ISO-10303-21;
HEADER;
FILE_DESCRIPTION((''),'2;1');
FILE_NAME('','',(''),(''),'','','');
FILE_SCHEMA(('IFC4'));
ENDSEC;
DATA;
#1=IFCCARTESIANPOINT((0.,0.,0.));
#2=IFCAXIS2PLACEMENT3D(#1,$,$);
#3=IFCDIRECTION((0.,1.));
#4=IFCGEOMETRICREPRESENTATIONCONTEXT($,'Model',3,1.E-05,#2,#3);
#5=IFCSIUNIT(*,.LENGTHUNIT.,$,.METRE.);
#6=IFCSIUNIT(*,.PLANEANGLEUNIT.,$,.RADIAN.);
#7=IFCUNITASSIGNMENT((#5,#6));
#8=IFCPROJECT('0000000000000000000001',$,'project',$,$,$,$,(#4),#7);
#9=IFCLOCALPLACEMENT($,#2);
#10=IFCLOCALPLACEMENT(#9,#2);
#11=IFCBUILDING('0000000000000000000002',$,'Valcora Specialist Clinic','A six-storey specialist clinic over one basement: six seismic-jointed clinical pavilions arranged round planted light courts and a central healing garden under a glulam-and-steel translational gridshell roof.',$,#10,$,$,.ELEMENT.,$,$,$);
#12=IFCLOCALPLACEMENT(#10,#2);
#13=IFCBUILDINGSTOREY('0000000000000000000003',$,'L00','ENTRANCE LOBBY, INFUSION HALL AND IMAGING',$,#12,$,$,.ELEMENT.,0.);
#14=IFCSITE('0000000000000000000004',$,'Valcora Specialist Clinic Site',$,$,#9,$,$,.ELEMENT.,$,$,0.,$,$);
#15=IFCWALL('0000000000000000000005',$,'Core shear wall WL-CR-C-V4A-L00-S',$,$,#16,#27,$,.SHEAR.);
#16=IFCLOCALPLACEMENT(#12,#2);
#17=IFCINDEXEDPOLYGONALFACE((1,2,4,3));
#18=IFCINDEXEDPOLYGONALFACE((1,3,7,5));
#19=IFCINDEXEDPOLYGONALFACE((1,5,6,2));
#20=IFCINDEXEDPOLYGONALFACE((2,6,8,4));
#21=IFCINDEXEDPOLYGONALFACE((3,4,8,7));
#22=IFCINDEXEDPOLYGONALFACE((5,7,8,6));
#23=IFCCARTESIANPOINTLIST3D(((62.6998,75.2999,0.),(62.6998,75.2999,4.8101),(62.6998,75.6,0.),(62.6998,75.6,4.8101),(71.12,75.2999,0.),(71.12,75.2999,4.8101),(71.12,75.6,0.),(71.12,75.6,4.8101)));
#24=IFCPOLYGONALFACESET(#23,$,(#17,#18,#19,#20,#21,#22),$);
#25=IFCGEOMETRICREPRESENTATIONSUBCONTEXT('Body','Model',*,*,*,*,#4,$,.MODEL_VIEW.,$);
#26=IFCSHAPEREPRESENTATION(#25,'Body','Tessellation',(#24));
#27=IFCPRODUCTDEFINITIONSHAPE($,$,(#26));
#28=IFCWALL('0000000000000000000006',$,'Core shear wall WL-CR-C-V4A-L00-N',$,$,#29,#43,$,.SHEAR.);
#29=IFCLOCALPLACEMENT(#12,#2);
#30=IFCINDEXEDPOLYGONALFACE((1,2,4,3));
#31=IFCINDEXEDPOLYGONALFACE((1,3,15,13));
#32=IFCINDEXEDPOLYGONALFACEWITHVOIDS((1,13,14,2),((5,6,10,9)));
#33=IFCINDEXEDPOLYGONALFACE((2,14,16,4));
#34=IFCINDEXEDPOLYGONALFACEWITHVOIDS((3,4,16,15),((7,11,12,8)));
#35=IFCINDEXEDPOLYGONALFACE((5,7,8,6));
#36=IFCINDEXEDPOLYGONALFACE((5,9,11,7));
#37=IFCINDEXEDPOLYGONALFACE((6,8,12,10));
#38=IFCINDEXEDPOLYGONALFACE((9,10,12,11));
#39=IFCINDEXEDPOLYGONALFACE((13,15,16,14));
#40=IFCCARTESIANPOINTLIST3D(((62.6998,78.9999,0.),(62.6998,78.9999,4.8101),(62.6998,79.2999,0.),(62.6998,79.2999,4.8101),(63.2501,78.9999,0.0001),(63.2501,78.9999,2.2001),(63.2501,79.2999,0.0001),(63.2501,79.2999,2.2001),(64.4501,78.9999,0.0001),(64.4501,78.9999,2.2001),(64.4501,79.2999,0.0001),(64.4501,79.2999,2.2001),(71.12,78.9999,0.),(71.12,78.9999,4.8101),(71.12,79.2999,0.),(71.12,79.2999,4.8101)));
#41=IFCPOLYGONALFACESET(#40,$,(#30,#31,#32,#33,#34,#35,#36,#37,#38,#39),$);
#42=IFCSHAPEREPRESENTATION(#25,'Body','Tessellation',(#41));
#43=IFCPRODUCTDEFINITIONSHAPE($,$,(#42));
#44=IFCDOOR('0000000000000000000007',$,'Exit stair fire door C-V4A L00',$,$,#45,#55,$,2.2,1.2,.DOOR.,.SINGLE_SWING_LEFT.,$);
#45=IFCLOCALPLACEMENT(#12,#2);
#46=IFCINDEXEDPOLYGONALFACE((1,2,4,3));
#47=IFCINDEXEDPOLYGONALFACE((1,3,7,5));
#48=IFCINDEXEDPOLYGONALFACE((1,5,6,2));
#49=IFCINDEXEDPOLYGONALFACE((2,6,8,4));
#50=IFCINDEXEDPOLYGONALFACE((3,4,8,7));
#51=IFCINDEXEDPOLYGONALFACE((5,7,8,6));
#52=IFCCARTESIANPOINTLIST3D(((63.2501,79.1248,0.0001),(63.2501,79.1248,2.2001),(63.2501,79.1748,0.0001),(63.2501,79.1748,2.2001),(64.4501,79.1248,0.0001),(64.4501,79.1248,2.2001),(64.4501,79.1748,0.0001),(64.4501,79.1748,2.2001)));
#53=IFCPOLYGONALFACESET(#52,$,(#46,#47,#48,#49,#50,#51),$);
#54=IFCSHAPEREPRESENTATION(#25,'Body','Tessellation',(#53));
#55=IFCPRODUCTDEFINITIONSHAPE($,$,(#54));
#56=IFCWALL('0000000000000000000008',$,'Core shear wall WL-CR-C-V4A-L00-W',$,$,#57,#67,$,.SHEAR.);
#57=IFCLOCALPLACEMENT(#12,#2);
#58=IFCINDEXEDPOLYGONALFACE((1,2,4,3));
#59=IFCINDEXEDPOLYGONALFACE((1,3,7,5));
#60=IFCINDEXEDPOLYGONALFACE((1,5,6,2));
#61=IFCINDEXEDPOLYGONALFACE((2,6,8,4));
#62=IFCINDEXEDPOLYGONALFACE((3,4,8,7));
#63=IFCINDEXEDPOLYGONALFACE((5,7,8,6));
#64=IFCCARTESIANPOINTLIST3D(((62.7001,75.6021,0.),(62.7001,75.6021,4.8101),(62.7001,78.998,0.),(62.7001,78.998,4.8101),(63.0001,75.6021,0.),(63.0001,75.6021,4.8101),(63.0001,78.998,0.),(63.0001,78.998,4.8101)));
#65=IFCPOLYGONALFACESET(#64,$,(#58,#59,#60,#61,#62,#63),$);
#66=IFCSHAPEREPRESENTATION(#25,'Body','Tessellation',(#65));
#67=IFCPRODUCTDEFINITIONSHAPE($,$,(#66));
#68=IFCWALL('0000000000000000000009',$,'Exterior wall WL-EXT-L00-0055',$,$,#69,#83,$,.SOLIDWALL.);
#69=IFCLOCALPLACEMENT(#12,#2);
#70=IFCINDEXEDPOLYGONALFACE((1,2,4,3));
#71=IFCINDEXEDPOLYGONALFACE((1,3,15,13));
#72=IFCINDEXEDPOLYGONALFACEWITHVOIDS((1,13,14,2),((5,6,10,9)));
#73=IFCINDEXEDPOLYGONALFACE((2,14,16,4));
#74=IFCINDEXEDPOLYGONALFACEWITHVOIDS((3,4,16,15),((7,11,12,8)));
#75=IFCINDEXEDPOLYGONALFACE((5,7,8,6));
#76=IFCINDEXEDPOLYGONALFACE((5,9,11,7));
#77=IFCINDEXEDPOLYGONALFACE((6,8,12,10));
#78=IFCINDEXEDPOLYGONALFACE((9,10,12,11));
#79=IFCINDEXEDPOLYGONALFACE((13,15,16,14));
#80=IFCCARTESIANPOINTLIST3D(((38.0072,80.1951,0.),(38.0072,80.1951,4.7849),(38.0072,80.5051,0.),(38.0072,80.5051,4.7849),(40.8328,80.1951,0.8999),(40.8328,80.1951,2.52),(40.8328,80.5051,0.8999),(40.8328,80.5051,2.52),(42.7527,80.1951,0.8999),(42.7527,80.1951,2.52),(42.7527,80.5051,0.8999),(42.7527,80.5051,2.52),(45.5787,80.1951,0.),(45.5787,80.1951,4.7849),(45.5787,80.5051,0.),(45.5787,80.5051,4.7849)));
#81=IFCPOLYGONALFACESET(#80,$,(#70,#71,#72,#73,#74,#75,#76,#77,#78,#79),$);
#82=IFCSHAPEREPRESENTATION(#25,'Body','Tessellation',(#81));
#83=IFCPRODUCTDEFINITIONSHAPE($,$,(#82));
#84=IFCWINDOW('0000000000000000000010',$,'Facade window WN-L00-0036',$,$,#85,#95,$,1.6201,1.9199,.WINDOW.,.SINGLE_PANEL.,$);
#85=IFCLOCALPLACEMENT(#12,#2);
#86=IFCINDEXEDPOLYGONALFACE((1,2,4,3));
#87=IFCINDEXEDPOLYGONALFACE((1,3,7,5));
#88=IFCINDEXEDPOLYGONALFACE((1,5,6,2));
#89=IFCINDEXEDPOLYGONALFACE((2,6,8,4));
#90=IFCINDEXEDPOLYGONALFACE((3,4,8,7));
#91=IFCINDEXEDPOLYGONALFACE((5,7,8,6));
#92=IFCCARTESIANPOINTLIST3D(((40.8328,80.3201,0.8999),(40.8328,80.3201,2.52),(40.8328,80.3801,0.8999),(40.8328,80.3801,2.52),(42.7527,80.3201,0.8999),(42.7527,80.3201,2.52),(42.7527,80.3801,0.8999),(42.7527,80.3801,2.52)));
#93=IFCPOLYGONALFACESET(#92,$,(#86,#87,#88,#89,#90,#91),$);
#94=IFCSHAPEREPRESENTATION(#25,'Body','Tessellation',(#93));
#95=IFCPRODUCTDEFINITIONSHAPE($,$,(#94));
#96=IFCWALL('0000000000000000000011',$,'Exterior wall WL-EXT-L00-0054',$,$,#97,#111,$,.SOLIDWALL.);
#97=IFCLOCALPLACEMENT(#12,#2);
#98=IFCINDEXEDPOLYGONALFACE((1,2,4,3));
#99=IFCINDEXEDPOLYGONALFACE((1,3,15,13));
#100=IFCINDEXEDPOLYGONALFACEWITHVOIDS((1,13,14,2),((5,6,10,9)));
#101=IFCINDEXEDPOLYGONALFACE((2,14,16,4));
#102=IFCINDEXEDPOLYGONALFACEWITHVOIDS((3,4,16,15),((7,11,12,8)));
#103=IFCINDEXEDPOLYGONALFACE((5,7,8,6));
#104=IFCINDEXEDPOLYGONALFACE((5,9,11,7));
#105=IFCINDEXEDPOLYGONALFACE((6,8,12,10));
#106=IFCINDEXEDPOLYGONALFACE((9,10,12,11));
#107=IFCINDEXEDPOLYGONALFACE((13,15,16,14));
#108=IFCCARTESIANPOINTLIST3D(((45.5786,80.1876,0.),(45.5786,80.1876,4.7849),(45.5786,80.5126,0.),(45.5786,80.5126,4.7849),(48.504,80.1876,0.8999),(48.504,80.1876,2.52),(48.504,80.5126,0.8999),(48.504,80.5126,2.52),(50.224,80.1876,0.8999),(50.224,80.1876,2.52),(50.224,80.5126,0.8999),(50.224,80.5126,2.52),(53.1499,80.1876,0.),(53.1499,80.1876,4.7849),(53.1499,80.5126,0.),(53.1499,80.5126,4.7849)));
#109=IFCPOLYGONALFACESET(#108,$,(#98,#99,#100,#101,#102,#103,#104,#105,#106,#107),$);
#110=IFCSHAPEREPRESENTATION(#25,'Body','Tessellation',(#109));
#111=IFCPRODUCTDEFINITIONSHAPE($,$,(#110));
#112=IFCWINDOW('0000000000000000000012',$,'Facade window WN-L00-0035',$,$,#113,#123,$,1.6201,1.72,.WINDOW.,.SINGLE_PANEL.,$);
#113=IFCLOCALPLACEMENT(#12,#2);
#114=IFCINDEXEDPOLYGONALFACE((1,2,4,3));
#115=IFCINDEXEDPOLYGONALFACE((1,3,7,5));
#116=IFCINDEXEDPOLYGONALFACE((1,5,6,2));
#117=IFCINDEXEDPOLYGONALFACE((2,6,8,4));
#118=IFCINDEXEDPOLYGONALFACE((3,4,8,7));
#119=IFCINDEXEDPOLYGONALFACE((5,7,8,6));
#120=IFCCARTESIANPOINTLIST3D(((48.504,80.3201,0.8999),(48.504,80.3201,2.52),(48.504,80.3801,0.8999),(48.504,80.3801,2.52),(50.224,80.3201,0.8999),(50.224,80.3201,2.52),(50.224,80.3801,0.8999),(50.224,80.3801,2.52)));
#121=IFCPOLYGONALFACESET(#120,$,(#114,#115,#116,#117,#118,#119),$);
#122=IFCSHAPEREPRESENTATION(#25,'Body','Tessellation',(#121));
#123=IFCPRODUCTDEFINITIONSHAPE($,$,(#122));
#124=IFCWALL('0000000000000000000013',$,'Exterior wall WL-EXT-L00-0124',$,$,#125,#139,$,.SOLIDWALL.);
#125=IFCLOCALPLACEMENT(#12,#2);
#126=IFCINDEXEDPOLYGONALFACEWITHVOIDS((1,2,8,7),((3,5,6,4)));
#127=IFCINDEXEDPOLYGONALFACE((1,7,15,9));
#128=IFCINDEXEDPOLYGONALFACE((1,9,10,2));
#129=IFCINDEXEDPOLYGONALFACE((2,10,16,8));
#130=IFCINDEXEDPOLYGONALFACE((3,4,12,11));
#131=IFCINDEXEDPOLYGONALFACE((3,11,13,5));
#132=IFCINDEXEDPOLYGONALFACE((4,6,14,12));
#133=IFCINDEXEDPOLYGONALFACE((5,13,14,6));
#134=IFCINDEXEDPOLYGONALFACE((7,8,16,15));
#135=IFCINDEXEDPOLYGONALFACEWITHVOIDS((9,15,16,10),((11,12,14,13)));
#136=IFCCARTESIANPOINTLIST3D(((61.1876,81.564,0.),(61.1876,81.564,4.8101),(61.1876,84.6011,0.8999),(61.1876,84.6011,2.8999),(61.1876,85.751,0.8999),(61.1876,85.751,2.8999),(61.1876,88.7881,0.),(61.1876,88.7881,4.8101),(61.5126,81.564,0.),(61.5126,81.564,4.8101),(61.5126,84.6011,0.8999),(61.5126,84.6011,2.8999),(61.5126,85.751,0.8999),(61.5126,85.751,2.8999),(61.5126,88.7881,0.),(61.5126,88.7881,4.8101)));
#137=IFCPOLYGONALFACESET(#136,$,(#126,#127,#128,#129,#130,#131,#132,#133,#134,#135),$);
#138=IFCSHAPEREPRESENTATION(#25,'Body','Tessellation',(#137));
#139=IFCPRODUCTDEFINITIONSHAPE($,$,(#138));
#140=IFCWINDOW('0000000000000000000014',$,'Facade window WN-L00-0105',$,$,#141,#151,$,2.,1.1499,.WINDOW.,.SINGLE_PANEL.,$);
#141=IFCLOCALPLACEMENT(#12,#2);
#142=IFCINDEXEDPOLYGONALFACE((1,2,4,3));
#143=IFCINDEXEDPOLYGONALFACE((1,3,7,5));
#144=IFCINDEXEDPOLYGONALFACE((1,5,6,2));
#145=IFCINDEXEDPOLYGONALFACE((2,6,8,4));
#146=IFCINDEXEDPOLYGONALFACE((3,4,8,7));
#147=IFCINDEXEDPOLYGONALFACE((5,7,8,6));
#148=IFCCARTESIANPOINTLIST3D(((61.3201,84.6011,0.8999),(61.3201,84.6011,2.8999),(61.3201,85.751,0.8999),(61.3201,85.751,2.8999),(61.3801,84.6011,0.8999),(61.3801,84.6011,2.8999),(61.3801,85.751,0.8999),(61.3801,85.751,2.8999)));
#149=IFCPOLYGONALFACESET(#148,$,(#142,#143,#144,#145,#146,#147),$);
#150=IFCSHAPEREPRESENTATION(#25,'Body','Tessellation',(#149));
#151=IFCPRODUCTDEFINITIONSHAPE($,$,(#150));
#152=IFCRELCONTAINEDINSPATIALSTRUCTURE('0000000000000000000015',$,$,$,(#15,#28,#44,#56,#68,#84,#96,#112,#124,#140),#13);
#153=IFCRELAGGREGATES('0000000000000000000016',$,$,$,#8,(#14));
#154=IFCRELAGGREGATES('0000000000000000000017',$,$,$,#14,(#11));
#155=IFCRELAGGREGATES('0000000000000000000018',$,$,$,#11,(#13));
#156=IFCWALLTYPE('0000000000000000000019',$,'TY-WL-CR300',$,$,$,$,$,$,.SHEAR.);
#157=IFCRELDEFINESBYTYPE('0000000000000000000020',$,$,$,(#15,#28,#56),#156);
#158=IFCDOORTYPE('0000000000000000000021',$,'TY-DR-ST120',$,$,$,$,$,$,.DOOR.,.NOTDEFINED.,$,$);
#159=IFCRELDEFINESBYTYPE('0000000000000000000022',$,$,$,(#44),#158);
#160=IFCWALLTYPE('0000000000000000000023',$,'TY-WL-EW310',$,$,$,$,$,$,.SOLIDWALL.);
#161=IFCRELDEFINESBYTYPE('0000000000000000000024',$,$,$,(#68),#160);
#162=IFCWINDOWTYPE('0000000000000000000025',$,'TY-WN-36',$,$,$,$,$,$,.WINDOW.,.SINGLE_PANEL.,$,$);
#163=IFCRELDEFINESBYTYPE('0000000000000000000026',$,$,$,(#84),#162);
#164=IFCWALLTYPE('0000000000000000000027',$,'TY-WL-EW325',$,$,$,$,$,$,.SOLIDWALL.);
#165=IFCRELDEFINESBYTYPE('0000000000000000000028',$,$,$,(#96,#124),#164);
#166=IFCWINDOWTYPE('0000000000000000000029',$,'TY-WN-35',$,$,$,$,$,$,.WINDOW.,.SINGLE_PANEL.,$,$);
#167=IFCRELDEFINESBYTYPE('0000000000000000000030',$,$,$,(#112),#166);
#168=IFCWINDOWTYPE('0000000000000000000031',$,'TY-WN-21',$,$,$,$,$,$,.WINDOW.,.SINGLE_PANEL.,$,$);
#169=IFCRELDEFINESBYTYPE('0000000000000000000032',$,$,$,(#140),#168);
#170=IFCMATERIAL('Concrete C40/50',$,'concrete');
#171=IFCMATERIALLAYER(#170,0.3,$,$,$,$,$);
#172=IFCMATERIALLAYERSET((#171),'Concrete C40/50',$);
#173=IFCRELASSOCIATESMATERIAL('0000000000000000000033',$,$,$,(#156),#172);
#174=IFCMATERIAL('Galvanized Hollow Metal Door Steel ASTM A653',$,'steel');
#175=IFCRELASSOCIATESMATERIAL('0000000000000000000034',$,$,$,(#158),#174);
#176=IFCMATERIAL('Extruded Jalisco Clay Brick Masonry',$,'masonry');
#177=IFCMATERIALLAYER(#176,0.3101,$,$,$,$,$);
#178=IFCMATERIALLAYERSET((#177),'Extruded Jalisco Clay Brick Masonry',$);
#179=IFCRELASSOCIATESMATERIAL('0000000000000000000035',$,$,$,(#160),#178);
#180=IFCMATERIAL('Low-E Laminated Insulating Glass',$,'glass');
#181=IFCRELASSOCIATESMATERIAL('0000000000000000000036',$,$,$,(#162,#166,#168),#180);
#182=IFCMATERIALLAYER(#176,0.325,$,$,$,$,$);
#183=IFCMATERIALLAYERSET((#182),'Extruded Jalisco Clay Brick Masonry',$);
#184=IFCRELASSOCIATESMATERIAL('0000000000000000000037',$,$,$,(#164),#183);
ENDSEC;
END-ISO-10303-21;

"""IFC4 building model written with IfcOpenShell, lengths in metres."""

from ifc_helpers import new_model, si_unit, direction, frame, frame_2d, origin, place, context, subcontext, project, spatial, rectangle, extrude, material, layer, layer_set, type_object, element, fill, save


model = new_model("IFC4")

# Units and contexts
model_context = context("Model", 3, precision=1e-05, world=origin(), true_north=direction((0.0, 1.0)))
body_context = subcontext(model_context, "Body", "Model", "MODEL_VIEW")
ifc_project = project(units=[si_unit("LENGTHUNIT", "METRE"), si_unit("PLANEANGLEUNIT", "RADIAN")], contexts=[model_context])

# Site, building, storey
site_placement = place(None, origin())
site = spatial("IfcSite", under=ifc_project, at=site_placement, Name="Valcora Specialist Clinic Site", CompositionType="ELEMENT", RefElevation=0.0)
building_placement = place(site_placement, origin())
building = spatial("IfcBuilding", under=site, at=building_placement, Name="Valcora Specialist Clinic", Description="A six-storey specialist clinic over one basement: six seismic-jointed clinical pavilions arranged round planted light courts and a central healing garden under a glulam-and-steel translational gridshell roof.", CompositionType="ELEMENT")
storey_placement = place(building_placement, origin())
storey = spatial("IfcBuildingStorey", under=building, at=storey_placement, Name="L00", Description="ENTRANCE LOBBY, INFUSION HALL AND IMAGING", CompositionType="ELEMENT", Elevation=0.0)

# Shared definitions
ifc_material_1 = material(Name="Concrete C40/50", Category="concrete")

# Wall
ifc_layer_1 = layer(ifc_material_1, 0.3)
ifc_layer_set_1 = layer_set([ifc_layer_1], Name="Concrete C40/50")
wall_type_1 = type_object("IfcWallType", Name="TY-WL-CR300", PredefinedType="SHEAR", material=ifc_layer_set_1)
wall_1_placement = place(storey_placement, frame((62.7, 75.45, 0.0), z_axis=(0.0, 0.0, 1.0), x_axis=(1.0, 0.0, 0.0)))
element("IfcWall", 1, at=wall_1_placement, inside=storey, type_object=wall_type_1, Name="Core shear wall WL-CR-C-V4A-L00-S", PredefinedType="SHEAR", context=body_context, shape_type="SweptSolid", body=[
    extrude(rectangle(XDim=8.4202, YDim=0.3, at=frame_2d((4.21, 0.0))), origin(), (0.0, 0.0, 1.0), 4.8101),
])

# Wall, opening, door
wall_2_placement = place(storey_placement, frame((62.7, 79.1499, 0.0), z_axis=(0.0, 0.0, 1.0), x_axis=(1.0, 0.0, 0.0)))
wall_2 = element("IfcWall", 2, at=wall_2_placement, inside=storey, type_object=wall_type_1, Name="Core shear wall WL-CR-C-V4A-L00-N", PredefinedType="SHEAR", context=body_context, shape_type="SweptSolid", body=[
    extrude(rectangle(XDim=8.4202, YDim=0.3, at=frame_2d((4.21, 0.0))), origin(), (0.0, 0.0, 1.0), 4.8101),
])
opening_1_placement = place(wall_2_placement, frame((0.55, 0.0, 0.0)))
opening_1 = element("IfcOpeningElement", 3, at=opening_1_placement, cuts=wall_2, PredefinedType="OPENING", context=body_context, shape_type="SweptSolid", body=[
    extrude(rectangle(XDim=1.2, YDim=2.2, at=frame_2d((0.6001, 1.1001))), frame((0.0, 0.1599, 0.0), z_axis=(0.0, -1.0, 0.0), x_axis=(1.0, 0.0, 0.0)), (0.0, 0.0, 1.0), 0.3201),
])
ifc_material_2 = material(Name="Galvanized Hollow Metal Door Steel ASTM A653", Category="steel")
door_type = type_object("IfcDoorType", Name="TY-DR-ST120", OperationType="NOTDEFINED", PredefinedType="DOOR", material=ifc_material_2)
door_placement = place(opening_1_placement, origin())
door = element("IfcDoor", 4, at=door_placement, inside=storey, type_object=door_type, Name="Exit stair fire door C-V4A L00", OperationType="SINGLE_SWING_LEFT", OverallHeight=2.2, OverallWidth=1.2, PredefinedType="DOOR", context=body_context, shape_type="SweptSolid", body=[
    extrude(rectangle(XDim=1.2, YDim=2.2, at=frame_2d((0.6001, 1.1001))), frame((0.0, 0.0249, 0.0), z_axis=(0.0, -1.0, 0.0), x_axis=(1.0, 0.0, 0.0)), (0.0, 0.0, 1.0), 0.05),
])
fill(opening_1, door)

# Wall
wall_3_placement = place(storey_placement, frame((62.8501, 75.6021, 0.0), z_axis=(0.0, 0.0, 1.0), x_axis=(0.0, 1.0, 0.0)))
element("IfcWall", 5, at=wall_3_placement, inside=storey, type_object=wall_type_1, Name="Core shear wall WL-CR-C-V4A-L00-W", PredefinedType="SHEAR", context=body_context, shape_type="SweptSolid", body=[
    extrude(rectangle(XDim=3.396, YDim=0.3, at=frame_2d((1.698, 0.0))), origin(), (0.0, 0.0, 1.0), 4.8101),
])

# Walls, openings, windows
ifc_material_3 = material(Name="Extruded Jalisco Clay Brick Masonry", Category="masonry")
ifc_layer_2 = layer(ifc_material_3, 0.3101)
ifc_layer_set_2 = layer_set([ifc_layer_2], Name="Extruded Jalisco Clay Brick Masonry")
wall_type_2 = type_object("IfcWallType", Name="TY-WL-EW310", PredefinedType="SOLIDWALL", material=ifc_layer_set_2)
wall_4_placement = place(storey_placement, frame((45.5786, 80.3501, 0.0), z_axis=(0.0, 0.0, 1.0), x_axis=(-1.0, 0.0, 0.0)))
wall_4 = element("IfcWall", 6, at=wall_4_placement, inside=storey, type_object=wall_type_2, Name="Exterior wall WL-EXT-L00-0055", PredefinedType="SOLIDWALL", context=body_context, shape_type="SweptSolid", body=[
    extrude(rectangle(XDim=7.5715, YDim=0.3101, at=frame_2d((3.7856, 0.0))), origin(), (0.0, 0.0, 1.0), 4.7849),
])
opening_2_placement = place(wall_4_placement, frame((2.8259, 0.0, 0.8999)))
opening_2 = element("IfcOpeningElement", 7, at=opening_2_placement, cuts=wall_4, PredefinedType="OPENING", context=body_context, shape_type="SweptSolid", body=[
    extrude(rectangle(XDim=1.9199, YDim=1.6201, at=frame_2d((0.96, 0.8101))), frame((0.0, 0.165, 0.0), z_axis=(0.0, -1.0, 0.0), x_axis=(1.0, 0.0, 0.0)), (0.0, 0.0, 1.0), 0.3301),
])
ifc_material_4 = material(Name="Low-E Laminated Insulating Glass", Category="glass")
window_type_1 = type_object("IfcWindowType", Name="TY-WN-36", PartitioningType="SINGLE_PANEL", PredefinedType="WINDOW", material=ifc_material_4)
window_1_placement = place(opening_2_placement, origin())
window_1 = element("IfcWindow", 8, at=window_1_placement, inside=storey, type_object=window_type_1, Name="Facade window WN-L00-0036", OverallHeight=1.6201, OverallWidth=1.9199, PartitioningType="SINGLE_PANEL", PredefinedType="WINDOW", context=body_context, shape_type="SweptSolid", body=[
    extrude(rectangle(XDim=1.9199, YDim=1.6201, at=frame_2d((0.96, 0.8101))), frame((0.0, 0.03, 0.0), z_axis=(0.0, -1.0, 0.0), x_axis=(1.0, 0.0, 0.0)), (0.0, 0.0, 1.0), 0.0601),
])
fill(opening_2, window_1)
ifc_layer_3 = layer(ifc_material_3, 0.325)
ifc_layer_set_3 = layer_set([ifc_layer_3], Name="Extruded Jalisco Clay Brick Masonry")
wall_type_3 = type_object("IfcWallType", Name="TY-WL-EW325", PredefinedType="SOLIDWALL", material=ifc_layer_set_3)
wall_5_placement = place(storey_placement, frame((53.1499, 80.3501, 0.0), z_axis=(0.0, 0.0, 1.0), x_axis=(-1.0, 0.0, 0.0)))
wall_5 = element("IfcWall", 9, at=wall_5_placement, inside=storey, type_object=wall_type_3, Name="Exterior wall WL-EXT-L00-0054", PredefinedType="SOLIDWALL", context=body_context, shape_type="SweptSolid", body=[
    extrude(rectangle(XDim=7.5713, YDim=0.325, at=frame_2d((3.7856, 0.0))), origin(), (0.0, 0.0, 1.0), 4.7849),
])
opening_3_placement = place(wall_5_placement, frame((2.926, 0.0, 0.8999)))
opening_3 = element("IfcOpeningElement", 10, at=opening_3_placement, cuts=wall_5, PredefinedType="OPENING", context=body_context, shape_type="SweptSolid", body=[
    extrude(rectangle(XDim=1.72, YDim=1.6201, at=frame_2d((0.8599, 0.8101))), frame((0.0, 0.1724, 0.0), z_axis=(0.0, -1.0, 0.0), x_axis=(1.0, 0.0, 0.0)), (0.0, 0.0, 1.0), 0.345),
])
window_type_2 = type_object("IfcWindowType", Name="TY-WN-35", PartitioningType="SINGLE_PANEL", PredefinedType="WINDOW", material=ifc_material_4)
window_2_placement = place(opening_3_placement, origin())
window_2 = element("IfcWindow", 11, at=window_2_placement, inside=storey, type_object=window_type_2, Name="Facade window WN-L00-0035", OverallHeight=1.6201, OverallWidth=1.72, PartitioningType="SINGLE_PANEL", PredefinedType="WINDOW", context=body_context, shape_type="SweptSolid", body=[
    extrude(rectangle(XDim=1.72, YDim=1.6201, at=frame_2d((0.8599, 0.8101))), frame((0.0, 0.03, 0.0), z_axis=(0.0, -1.0, 0.0), x_axis=(1.0, 0.0, 0.0)), (0.0, 0.0, 1.0), 0.0601),
])
fill(opening_3, window_2)
wall_6_placement = place(storey_placement, frame((61.3501, 81.564, 0.0), z_axis=(0.0, 0.0, 1.0), x_axis=(0.0, 1.0, 0.0)))
wall_6 = element("IfcWall", 12, at=wall_6_placement, inside=storey, type_object=wall_type_3, Name="Exterior wall WL-EXT-L00-0124", PredefinedType="SOLIDWALL", context=body_context, shape_type="SweptSolid", body=[
    extrude(rectangle(XDim=7.2241, YDim=0.325, at=frame_2d((3.6121, 0.0))), origin(), (0.0, 0.0, 1.0), 4.8101),
])
opening_4_placement = place(wall_6_placement, frame((3.0371, 0.0, 0.8999)))
opening_4 = element("IfcOpeningElement", 13, at=opening_4_placement, cuts=wall_6, PredefinedType="OPENING", context=body_context, shape_type="SweptSolid", body=[
    extrude(rectangle(XDim=1.1499, YDim=2.0, at=frame_2d((0.575, 1.0))), frame((0.0, 0.1724, 0.0), z_axis=(0.0, -1.0, 0.0), x_axis=(1.0, 0.0, 0.0)), (0.0, 0.0, 1.0), 0.345),
])
window_type_3 = type_object("IfcWindowType", Name="TY-WN-21", PartitioningType="SINGLE_PANEL", PredefinedType="WINDOW", material=ifc_material_4)
window_3_placement = place(opening_4_placement, origin())
window_3 = element("IfcWindow", 14, at=window_3_placement, inside=storey, type_object=window_type_3, Name="Facade window WN-L00-0105", OverallHeight=2.0, OverallWidth=1.1499, PartitioningType="SINGLE_PANEL", PredefinedType="WINDOW", context=body_context, shape_type="SweptSolid", body=[
    extrude(rectangle(XDim=1.1499, YDim=2.0, at=frame_2d((0.575, 1.0))), frame((0.0, 0.03, 0.0), z_axis=(0.0, -1.0, 0.0), x_axis=(1.0, 0.0, 0.0)), (0.0, 0.0, 1.0), 0.0601),
])
fill(opening_4, window_3)

save(model, "model.ifc")
